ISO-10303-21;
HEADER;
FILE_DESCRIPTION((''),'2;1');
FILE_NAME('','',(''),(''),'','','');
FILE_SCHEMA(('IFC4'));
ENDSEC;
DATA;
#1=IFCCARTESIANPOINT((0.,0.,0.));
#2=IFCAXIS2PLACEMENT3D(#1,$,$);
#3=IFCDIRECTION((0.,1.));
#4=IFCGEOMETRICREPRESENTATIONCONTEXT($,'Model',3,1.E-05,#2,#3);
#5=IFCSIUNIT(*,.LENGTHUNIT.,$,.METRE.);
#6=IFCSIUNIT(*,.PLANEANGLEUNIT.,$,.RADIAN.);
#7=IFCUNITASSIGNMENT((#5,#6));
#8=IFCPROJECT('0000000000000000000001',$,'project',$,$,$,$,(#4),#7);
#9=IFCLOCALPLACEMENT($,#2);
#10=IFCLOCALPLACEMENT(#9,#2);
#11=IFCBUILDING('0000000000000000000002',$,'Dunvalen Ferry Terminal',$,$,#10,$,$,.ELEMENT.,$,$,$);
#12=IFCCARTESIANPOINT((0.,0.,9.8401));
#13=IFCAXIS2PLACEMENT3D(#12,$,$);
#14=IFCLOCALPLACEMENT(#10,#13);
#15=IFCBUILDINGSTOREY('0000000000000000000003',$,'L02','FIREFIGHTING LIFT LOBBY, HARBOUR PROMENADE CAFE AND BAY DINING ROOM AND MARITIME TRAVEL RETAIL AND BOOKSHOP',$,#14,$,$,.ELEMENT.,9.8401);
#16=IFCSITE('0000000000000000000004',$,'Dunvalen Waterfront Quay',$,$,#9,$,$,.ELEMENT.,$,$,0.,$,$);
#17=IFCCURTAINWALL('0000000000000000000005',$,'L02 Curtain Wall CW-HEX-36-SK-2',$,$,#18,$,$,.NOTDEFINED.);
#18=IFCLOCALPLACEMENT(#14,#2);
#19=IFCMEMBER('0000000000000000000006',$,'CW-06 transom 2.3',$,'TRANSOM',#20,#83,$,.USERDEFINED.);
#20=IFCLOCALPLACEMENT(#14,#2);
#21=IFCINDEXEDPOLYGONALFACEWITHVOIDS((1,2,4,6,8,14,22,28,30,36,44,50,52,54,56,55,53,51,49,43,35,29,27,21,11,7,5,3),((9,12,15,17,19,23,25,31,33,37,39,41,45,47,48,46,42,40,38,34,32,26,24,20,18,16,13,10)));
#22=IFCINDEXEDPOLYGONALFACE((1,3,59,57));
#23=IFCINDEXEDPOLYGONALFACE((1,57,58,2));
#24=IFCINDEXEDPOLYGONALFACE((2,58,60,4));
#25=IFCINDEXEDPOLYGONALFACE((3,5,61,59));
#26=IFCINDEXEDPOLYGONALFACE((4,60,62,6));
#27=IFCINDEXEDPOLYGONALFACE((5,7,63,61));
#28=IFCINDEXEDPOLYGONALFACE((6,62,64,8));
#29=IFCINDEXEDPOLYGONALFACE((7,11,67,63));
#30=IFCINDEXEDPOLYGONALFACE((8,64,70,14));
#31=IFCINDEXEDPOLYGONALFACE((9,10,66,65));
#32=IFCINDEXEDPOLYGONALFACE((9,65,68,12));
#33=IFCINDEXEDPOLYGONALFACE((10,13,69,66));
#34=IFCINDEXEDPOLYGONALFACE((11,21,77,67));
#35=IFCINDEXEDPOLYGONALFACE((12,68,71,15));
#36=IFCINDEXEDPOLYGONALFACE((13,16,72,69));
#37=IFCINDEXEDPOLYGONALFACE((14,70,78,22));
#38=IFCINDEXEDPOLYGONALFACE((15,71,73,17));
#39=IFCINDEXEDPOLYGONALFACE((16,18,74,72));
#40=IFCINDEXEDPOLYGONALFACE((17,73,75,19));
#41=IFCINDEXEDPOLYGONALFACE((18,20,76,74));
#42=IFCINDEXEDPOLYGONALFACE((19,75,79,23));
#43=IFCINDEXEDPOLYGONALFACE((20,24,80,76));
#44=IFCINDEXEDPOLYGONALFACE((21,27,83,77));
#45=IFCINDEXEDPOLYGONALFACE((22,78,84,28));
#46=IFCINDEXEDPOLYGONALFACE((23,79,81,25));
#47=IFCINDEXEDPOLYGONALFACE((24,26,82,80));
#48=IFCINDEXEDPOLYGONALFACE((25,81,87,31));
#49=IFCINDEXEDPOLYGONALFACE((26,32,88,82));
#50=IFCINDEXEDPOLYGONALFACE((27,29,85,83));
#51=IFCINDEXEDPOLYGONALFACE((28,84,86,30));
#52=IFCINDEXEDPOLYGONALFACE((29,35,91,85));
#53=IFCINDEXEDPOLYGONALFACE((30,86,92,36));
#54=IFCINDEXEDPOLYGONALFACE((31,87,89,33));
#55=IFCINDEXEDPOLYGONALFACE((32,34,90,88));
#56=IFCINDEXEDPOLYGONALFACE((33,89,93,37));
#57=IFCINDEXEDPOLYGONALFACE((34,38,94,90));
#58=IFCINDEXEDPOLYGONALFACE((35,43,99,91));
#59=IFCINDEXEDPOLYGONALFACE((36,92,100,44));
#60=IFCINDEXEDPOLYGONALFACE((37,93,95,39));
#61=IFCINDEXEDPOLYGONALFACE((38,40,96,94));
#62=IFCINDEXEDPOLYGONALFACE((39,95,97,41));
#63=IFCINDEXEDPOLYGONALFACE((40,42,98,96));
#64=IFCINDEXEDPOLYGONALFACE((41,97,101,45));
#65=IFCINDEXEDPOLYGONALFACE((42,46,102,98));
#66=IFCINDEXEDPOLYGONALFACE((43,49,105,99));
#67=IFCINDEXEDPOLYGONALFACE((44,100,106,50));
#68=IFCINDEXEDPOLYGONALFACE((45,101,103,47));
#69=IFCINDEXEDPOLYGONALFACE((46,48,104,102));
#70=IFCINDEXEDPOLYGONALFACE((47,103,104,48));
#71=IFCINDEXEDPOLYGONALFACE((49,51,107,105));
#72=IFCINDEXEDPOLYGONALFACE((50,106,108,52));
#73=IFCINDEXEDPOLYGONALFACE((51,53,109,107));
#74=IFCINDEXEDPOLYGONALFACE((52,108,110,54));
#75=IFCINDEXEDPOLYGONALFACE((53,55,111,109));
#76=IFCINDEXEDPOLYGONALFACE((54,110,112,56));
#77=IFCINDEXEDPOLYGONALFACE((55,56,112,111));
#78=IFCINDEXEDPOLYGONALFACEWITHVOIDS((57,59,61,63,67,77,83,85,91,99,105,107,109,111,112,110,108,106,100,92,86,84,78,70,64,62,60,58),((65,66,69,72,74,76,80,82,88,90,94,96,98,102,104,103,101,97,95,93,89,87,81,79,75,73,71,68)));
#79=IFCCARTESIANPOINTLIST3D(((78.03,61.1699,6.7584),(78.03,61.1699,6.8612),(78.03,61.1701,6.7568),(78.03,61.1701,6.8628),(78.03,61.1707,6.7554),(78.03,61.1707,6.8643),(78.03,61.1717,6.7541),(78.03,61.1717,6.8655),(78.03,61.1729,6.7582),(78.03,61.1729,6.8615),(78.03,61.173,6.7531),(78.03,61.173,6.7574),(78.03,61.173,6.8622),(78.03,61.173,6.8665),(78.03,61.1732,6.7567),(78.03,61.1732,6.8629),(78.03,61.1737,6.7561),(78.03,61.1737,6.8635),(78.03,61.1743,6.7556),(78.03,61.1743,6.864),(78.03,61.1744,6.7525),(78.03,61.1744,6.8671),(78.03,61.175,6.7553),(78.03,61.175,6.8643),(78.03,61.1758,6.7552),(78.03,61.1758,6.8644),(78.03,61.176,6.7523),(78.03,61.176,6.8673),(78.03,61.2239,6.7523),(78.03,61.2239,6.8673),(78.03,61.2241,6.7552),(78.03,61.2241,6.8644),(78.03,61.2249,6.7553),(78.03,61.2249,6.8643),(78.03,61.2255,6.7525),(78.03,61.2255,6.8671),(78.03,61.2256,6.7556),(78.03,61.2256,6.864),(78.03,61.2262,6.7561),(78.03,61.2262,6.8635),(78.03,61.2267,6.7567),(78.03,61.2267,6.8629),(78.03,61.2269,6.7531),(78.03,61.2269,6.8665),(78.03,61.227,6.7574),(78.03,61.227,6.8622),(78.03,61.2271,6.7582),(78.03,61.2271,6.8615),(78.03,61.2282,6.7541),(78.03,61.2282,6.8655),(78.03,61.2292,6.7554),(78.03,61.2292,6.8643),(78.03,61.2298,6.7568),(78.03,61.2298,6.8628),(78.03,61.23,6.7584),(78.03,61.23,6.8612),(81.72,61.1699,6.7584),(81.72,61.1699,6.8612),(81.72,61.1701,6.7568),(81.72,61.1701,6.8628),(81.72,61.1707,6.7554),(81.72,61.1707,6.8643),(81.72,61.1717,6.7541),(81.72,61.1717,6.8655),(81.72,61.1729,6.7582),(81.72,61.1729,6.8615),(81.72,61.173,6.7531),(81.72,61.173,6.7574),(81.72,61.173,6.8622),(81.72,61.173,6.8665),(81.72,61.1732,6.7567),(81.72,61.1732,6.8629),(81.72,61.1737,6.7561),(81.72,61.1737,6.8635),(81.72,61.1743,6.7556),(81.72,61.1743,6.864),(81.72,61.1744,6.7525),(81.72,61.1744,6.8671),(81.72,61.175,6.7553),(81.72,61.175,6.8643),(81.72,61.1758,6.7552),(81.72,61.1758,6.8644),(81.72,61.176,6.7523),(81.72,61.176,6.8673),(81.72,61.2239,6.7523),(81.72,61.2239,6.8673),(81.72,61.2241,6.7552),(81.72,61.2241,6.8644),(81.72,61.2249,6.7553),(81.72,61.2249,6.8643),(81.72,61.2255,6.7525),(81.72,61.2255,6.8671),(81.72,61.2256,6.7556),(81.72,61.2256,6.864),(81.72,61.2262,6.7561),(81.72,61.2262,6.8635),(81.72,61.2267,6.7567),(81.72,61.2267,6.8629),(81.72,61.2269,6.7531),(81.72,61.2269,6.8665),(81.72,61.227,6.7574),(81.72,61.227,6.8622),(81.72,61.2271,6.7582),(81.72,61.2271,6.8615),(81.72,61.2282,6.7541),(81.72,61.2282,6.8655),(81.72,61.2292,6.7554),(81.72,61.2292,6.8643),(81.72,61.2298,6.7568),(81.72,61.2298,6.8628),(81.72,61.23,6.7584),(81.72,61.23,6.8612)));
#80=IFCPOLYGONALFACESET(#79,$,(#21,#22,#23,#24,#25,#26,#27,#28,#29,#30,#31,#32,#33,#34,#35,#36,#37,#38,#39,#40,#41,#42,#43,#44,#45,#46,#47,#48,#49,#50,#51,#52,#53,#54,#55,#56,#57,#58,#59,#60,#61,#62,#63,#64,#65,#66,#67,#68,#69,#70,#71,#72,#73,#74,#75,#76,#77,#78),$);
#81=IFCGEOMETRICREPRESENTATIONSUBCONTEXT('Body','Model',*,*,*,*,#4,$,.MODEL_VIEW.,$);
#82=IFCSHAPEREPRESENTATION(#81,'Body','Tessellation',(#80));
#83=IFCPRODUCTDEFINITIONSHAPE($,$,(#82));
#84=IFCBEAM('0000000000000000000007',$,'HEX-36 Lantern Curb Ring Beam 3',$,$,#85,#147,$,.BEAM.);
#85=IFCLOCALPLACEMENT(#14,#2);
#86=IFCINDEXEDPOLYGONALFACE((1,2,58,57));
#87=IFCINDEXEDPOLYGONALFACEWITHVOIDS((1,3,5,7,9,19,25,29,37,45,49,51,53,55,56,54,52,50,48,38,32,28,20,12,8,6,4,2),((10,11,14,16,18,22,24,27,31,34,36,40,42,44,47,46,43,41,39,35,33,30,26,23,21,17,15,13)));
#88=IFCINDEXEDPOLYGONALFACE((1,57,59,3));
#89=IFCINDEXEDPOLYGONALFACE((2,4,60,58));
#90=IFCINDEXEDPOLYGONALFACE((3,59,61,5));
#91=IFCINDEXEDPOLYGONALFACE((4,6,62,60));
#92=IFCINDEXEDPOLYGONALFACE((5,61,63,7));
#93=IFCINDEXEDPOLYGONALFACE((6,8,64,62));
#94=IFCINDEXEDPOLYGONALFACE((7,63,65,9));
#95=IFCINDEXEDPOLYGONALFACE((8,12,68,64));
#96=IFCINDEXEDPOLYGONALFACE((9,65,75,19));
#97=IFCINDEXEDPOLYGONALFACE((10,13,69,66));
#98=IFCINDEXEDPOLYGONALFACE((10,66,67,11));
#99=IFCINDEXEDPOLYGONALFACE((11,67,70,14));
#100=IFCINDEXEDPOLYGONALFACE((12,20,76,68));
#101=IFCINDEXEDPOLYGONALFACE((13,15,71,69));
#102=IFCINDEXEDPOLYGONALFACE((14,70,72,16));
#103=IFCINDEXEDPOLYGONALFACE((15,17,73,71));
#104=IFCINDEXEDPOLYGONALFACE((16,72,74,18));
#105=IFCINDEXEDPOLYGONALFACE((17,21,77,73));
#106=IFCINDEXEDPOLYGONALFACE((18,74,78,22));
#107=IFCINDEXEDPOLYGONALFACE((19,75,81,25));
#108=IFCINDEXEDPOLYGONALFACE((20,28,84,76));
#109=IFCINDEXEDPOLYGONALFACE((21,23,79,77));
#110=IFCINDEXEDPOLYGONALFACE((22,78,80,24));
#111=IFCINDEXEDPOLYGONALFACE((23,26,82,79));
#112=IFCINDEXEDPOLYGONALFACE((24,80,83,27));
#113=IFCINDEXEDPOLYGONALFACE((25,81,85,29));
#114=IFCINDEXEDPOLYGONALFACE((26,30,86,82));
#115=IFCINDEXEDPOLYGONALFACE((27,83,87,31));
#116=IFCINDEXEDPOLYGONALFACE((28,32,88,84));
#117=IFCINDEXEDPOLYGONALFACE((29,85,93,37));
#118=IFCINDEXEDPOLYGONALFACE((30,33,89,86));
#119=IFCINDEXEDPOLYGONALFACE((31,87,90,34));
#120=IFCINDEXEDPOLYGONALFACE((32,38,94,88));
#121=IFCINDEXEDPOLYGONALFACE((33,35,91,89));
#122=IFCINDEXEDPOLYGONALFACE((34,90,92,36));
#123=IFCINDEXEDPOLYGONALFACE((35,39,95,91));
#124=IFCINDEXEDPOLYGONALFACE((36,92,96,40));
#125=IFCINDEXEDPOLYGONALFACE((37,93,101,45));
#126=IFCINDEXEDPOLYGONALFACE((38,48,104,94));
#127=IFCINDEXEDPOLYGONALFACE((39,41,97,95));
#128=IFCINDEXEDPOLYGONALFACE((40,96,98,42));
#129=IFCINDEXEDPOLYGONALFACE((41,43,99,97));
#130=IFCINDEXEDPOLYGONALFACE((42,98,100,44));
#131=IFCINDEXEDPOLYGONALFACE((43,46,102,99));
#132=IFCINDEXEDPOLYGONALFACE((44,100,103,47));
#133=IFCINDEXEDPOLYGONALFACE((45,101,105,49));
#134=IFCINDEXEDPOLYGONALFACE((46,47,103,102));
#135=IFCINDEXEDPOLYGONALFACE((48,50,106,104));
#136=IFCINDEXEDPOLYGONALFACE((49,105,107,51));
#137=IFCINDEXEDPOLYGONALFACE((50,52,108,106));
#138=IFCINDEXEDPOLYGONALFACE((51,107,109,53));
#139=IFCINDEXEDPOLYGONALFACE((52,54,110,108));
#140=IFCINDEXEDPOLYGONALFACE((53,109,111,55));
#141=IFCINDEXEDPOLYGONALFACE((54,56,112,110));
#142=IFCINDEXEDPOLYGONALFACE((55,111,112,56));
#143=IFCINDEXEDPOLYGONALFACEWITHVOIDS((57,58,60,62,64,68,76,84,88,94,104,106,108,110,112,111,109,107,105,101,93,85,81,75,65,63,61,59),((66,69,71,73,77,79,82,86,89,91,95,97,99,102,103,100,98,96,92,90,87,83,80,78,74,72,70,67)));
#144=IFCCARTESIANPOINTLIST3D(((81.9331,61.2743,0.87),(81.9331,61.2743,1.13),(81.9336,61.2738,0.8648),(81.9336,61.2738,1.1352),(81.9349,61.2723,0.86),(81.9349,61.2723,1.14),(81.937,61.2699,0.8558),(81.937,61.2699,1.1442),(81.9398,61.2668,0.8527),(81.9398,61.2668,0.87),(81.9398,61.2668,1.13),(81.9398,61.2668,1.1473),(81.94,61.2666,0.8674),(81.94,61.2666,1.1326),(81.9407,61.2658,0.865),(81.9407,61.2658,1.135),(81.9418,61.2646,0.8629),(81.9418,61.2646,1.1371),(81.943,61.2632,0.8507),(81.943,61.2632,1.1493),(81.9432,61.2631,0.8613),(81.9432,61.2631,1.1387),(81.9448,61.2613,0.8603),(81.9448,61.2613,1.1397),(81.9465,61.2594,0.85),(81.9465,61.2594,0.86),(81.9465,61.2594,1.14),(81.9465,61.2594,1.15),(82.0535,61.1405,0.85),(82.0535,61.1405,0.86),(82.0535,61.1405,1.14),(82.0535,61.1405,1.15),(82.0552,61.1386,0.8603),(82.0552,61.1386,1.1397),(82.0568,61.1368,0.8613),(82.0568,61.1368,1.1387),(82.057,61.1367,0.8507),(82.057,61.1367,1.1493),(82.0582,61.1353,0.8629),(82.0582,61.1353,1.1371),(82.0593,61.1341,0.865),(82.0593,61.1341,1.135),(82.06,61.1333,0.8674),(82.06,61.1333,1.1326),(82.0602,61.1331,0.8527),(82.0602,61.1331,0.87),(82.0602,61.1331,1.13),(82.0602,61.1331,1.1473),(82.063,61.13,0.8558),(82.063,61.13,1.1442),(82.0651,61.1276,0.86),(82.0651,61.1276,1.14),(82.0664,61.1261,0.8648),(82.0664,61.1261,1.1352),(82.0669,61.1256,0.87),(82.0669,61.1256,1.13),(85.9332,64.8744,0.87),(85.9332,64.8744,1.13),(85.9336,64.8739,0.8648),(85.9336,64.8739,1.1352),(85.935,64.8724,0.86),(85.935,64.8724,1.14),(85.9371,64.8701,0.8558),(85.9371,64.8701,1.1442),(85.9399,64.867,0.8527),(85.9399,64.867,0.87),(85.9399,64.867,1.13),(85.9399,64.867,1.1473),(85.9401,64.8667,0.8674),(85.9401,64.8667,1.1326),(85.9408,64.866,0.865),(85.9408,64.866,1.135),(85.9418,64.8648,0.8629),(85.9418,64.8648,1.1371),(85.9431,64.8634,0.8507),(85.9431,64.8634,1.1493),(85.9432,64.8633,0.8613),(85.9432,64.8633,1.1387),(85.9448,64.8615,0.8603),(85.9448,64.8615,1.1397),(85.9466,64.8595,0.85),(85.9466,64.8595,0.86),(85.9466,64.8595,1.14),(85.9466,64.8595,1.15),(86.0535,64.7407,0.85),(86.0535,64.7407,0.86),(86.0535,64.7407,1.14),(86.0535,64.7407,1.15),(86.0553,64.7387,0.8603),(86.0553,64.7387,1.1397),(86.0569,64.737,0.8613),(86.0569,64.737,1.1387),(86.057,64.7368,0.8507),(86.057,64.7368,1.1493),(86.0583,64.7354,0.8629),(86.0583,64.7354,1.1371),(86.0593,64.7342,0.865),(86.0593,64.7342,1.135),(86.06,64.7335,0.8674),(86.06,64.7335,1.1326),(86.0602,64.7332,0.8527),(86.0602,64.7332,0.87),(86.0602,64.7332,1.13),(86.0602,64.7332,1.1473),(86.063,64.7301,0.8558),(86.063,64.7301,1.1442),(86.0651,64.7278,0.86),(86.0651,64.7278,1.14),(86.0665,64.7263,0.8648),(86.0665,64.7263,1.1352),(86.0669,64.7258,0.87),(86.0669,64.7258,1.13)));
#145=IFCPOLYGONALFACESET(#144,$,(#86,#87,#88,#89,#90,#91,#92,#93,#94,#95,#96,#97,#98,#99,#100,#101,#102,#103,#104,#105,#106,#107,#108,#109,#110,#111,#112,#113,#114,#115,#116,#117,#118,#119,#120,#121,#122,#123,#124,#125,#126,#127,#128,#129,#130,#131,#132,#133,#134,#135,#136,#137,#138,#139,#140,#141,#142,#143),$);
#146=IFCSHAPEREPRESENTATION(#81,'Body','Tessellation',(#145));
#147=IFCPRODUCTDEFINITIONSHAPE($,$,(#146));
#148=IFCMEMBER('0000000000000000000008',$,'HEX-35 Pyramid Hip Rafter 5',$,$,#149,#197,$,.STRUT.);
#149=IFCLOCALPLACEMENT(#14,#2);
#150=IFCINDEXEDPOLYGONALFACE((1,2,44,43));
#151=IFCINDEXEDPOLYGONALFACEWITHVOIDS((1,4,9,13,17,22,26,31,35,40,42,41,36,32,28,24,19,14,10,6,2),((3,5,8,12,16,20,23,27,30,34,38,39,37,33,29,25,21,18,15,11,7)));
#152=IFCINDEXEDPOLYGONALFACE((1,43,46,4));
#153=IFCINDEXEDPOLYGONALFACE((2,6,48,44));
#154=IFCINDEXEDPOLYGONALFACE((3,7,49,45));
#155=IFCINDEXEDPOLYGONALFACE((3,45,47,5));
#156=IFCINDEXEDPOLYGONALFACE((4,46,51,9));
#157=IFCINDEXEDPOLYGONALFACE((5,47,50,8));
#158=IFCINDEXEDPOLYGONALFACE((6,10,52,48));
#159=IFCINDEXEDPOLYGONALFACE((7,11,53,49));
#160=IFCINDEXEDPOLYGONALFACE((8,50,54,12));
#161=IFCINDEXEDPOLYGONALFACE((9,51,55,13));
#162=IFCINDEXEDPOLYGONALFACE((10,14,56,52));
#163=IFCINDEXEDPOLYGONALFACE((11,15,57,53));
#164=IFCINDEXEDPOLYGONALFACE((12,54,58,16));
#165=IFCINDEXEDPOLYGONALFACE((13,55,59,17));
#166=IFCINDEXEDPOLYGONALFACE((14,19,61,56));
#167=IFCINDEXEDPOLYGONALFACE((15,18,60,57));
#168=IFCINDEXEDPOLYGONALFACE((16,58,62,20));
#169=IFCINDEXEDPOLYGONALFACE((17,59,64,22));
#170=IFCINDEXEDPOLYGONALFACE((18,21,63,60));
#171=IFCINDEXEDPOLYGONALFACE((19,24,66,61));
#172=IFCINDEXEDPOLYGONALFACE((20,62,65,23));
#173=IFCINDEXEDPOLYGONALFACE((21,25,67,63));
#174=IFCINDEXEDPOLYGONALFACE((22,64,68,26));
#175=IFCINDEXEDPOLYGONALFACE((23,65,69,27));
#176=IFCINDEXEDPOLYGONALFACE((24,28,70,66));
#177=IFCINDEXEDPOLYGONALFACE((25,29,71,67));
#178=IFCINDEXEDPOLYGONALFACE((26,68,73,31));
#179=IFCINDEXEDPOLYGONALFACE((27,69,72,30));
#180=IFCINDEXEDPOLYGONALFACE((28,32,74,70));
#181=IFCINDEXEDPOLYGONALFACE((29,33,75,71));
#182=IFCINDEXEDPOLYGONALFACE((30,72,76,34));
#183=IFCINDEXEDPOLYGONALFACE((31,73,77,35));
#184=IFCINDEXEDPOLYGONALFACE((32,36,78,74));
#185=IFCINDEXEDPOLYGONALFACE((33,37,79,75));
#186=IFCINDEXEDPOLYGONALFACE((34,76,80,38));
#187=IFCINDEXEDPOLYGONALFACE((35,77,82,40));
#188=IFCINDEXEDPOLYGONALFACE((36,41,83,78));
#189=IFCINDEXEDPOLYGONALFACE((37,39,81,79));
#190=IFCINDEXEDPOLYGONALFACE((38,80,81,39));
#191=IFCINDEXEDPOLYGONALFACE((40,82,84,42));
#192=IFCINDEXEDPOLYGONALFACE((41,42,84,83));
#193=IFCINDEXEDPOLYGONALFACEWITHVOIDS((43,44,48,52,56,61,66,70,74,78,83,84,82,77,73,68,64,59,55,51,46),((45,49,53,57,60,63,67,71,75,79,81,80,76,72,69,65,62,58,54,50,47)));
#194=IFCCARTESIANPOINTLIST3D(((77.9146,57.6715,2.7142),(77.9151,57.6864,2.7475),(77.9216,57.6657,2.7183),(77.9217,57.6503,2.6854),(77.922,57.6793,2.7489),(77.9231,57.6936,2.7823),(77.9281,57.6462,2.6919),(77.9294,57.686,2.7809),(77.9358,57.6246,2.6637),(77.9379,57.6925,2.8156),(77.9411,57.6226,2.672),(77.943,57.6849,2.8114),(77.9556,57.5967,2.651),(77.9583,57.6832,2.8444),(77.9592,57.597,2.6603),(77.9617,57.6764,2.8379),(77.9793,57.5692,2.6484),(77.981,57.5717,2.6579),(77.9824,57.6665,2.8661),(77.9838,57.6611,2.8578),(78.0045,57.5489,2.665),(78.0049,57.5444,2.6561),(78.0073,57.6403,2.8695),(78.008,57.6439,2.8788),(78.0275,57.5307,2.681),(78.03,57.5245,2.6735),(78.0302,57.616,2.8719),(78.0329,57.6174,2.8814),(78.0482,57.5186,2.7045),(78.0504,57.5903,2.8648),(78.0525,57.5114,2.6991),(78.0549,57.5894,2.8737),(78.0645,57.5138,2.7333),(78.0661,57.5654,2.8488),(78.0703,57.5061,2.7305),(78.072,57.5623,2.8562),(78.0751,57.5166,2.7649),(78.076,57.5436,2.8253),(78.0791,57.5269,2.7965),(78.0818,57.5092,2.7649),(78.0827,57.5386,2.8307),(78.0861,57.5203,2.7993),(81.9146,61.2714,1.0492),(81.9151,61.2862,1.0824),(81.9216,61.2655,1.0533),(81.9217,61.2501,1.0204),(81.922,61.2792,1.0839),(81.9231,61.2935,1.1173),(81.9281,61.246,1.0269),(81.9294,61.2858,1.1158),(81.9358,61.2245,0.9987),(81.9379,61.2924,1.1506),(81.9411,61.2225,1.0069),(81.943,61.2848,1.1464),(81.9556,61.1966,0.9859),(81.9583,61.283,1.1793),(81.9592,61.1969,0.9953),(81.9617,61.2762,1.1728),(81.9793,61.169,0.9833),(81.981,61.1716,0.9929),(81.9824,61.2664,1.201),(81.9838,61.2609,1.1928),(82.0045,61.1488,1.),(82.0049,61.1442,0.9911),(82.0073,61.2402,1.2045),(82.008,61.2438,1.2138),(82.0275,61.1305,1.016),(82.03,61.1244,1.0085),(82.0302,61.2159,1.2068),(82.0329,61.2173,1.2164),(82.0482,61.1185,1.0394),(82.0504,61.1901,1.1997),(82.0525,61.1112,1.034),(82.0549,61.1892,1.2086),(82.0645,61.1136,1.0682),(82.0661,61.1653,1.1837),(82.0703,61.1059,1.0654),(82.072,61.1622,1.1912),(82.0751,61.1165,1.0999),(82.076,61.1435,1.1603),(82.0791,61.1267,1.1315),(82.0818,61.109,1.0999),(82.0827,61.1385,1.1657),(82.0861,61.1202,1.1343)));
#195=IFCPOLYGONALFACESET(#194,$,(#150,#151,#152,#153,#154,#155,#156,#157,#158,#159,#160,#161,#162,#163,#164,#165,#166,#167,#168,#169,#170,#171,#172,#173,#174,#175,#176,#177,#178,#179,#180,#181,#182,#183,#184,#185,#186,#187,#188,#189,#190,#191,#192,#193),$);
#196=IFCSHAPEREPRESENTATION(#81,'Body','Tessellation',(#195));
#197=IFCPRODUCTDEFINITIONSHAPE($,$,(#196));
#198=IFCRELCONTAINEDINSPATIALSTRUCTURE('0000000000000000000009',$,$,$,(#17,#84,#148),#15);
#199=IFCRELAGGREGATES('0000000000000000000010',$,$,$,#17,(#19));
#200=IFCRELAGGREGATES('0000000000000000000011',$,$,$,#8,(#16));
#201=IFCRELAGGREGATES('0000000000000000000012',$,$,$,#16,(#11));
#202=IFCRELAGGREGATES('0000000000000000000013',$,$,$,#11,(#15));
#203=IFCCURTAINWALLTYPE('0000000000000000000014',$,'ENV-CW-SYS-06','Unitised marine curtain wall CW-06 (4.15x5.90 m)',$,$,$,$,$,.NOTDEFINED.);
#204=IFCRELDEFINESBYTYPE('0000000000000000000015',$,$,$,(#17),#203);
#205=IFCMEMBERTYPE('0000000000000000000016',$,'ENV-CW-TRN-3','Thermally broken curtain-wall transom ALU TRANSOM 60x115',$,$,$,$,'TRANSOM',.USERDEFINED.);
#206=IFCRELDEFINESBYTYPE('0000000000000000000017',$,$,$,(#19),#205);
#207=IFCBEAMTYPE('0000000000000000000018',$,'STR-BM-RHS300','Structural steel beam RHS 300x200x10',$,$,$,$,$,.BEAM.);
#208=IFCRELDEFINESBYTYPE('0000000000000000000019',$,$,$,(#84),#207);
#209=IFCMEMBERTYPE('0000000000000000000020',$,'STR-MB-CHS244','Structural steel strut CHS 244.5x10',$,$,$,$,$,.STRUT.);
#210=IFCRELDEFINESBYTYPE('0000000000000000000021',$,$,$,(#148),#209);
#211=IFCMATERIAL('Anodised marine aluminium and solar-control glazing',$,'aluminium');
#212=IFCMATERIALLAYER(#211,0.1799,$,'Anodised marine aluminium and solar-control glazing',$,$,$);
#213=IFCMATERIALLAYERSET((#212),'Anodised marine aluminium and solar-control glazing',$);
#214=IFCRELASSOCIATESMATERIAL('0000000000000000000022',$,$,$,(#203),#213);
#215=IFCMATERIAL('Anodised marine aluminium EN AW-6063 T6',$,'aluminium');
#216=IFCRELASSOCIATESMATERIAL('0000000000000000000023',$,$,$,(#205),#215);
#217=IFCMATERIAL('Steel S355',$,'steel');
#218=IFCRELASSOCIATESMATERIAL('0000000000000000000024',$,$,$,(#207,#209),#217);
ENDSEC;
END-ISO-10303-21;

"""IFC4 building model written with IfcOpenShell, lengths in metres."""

from ifc_helpers import new_model, si_unit, direction, frame, origin, origin_2d, place, context, subcontext, project, spatial, hollow_rectangle, hollow_circle, extrude, material, layer, layer_set, material_profile, profile_set, type_object, element, aggregate, save


model = new_model("IFC4")

# Units and contexts
model_context = context("Model", 3, precision=1e-05, world=origin(), true_north=direction((0.0, 1.0)))
body_context = subcontext(model_context, "Body", "Model", "MODEL_VIEW")
ifc_project = project(units=[si_unit("LENGTHUNIT", "METRE"), si_unit("PLANEANGLEUNIT", "RADIAN")], contexts=[model_context])

# Site, building, storey
site_placement = place(None, origin())
site = spatial("IfcSite", under=ifc_project, at=site_placement, Name="Dunvalen Waterfront Quay", CompositionType="ELEMENT", RefElevation=0.0)
building_placement = place(site_placement, origin())
building = spatial("IfcBuilding", under=site, at=building_placement, Name="Dunvalen Ferry Terminal", CompositionType="ELEMENT")
storey_placement = place(building_placement, frame((0.0, 0.0, 9.8401)))
storey = spatial("IfcBuildingStorey", under=building, at=storey_placement, Name="L02", Description="FIREFIGHTING LIFT LOBBY, HARBOUR PROMENADE CAFE AND BAY DINING ROOM AND MARITIME TRAVEL RETAIL AND BOOKSHOP", CompositionType="ELEMENT", Elevation=9.8401)

# Curtain wall, member
ifc_material_1 = material(Name="Anodised marine aluminium and solar-control glazing", Category="aluminium")
ifc_layer_1 = layer(ifc_material_1, 0.1799, Name="Anodised marine aluminium and solar-control glazing")
ifc_layer_set_1 = layer_set([ifc_layer_1], Name="Anodised marine aluminium and solar-control glazing")
curtain_wall_type = type_object("IfcCurtainWallType", Name="ENV-CW-SYS-06", Description="Unitised marine curtain wall CW-06 (4.15x5.90 m)", PredefinedType="NOTDEFINED", material=ifc_layer_set_1)
curtain_wall_placement = place(storey_placement, origin())
curtain_wall = element("IfcCurtainWall", 1, at=curtain_wall_placement, inside=storey, type_object=curtain_wall_type, Name="L02 Curtain Wall CW-HEX-36-SK-2", PredefinedType="NOTDEFINED")
ifc_material_2 = material(Name="Anodised marine aluminium EN AW-6063 T6", Category="aluminium")
ifc_material_profile_1 = material_profile(ifc_material_2, hollow_rectangle(XDim=0.0601, YDim=0.115, WallThickness=0.0029, InnerFilletRadius=0.0029, OuterFilletRadius=0.0061, at=origin_2d()), Name="Anodised marine aluminium EN AW-6063 T6")
ifc_profile_set_1 = profile_set([ifc_material_profile_1], Name="Anodised marine aluminium EN AW-6063 T6")
member_type_1 = type_object("IfcMemberType", Name="ENV-CW-TRN-3", Description="Thermally broken curtain-wall transom ALU TRANSOM 60x115", ElementType="TRANSOM", PredefinedType="USERDEFINED", material=ifc_profile_set_1)
member_1_placement = place(storey_placement, frame((78.03, 61.2, 6.8098), z_axis=(1.0, 0.0, 0.0), x_axis=(0.0, 1.0, 0.0)))
member_1 = element("IfcMember", 2, at=member_1_placement, type_object=member_type_1, Name="CW-06 transom 2.3", ObjectType="TRANSOM", PredefinedType="USERDEFINED", context=body_context, shape_type="SweptSolid", body=[
    extrude(hollow_rectangle(XDim=0.0601, YDim=0.115, WallThickness=0.0029, InnerFilletRadius=0.0029, OuterFilletRadius=0.0061, at=origin_2d()), origin(), (0.0, 0.0, 1.0), 3.6899),
])

# Beam
ifc_material_3 = material(Name="Steel S355", Category="steel")
ifc_material_profile_2 = material_profile(ifc_material_3, hollow_rectangle(XDim=0.2, YDim=0.3, WallThickness=0.01, InnerFilletRadius=0.01, OuterFilletRadius=0.02, at=origin_2d()), Name="Steel S355")
ifc_profile_set_2 = profile_set([ifc_material_profile_2], Name="Steel S355")
beam_type = type_object("IfcBeamType", Name="STR-BM-RHS300", Description="Structural steel beam RHS 300x200x10", PredefinedType="BEAM", material=ifc_profile_set_2)
beam_placement = place(storey_placement, frame((82.0, 61.2, 1.0), z_axis=(0.743285, 0.668975, 0.0), x_axis=(-0.668975, 0.743285, 0.0)))
element("IfcBeam", 3, at=beam_placement, inside=storey, type_object=beam_type, Name="HEX-36 Lantern Curb Ring Beam 3", PredefinedType="BEAM", context=body_context, shape_type="SweptSolid", body=[
    extrude(hollow_rectangle(XDim=0.2, YDim=0.3, WallThickness=0.01, InnerFilletRadius=0.01, OuterFilletRadius=0.02, at=origin_2d()), origin(), (0.0, 0.0, 1.0), 5.3816),
])

# Member
ifc_material_profile_3 = material_profile(ifc_material_3, hollow_circle(Radius=0.1223, WallThickness=0.01, at=origin_2d()), Name="Steel S355")
ifc_profile_set_3 = profile_set([ifc_material_profile_3], Name="Steel S355")
member_type_2 = type_object("IfcMemberType", Name="STR-MB-CHS244", Description="Structural steel strut CHS 244.5x10", PredefinedType="STRUT", material=ifc_profile_set_3)
member_2_placement = place(storey_placement, frame((82.0, 61.2, 1.0999), z_axis=(-0.710094, -0.639059, 0.295584), x_axis=(0.66895, -0.743308, 0.0)))
element("IfcMember", 4, at=member_2_placement, inside=storey, type_object=member_type_2, Name="HEX-35 Pyramid Hip Rafter 5", PredefinedType="STRUT", context=body_context, shape_type="SweptSolid", body=[
    extrude(hollow_circle(Radius=0.1223, WallThickness=0.01, at=origin_2d()), origin(), (0.0, 0.0, 1.0), 5.6331),
])

aggregate(curtain_wall, [member_1])

save(model, "model.ifc")
